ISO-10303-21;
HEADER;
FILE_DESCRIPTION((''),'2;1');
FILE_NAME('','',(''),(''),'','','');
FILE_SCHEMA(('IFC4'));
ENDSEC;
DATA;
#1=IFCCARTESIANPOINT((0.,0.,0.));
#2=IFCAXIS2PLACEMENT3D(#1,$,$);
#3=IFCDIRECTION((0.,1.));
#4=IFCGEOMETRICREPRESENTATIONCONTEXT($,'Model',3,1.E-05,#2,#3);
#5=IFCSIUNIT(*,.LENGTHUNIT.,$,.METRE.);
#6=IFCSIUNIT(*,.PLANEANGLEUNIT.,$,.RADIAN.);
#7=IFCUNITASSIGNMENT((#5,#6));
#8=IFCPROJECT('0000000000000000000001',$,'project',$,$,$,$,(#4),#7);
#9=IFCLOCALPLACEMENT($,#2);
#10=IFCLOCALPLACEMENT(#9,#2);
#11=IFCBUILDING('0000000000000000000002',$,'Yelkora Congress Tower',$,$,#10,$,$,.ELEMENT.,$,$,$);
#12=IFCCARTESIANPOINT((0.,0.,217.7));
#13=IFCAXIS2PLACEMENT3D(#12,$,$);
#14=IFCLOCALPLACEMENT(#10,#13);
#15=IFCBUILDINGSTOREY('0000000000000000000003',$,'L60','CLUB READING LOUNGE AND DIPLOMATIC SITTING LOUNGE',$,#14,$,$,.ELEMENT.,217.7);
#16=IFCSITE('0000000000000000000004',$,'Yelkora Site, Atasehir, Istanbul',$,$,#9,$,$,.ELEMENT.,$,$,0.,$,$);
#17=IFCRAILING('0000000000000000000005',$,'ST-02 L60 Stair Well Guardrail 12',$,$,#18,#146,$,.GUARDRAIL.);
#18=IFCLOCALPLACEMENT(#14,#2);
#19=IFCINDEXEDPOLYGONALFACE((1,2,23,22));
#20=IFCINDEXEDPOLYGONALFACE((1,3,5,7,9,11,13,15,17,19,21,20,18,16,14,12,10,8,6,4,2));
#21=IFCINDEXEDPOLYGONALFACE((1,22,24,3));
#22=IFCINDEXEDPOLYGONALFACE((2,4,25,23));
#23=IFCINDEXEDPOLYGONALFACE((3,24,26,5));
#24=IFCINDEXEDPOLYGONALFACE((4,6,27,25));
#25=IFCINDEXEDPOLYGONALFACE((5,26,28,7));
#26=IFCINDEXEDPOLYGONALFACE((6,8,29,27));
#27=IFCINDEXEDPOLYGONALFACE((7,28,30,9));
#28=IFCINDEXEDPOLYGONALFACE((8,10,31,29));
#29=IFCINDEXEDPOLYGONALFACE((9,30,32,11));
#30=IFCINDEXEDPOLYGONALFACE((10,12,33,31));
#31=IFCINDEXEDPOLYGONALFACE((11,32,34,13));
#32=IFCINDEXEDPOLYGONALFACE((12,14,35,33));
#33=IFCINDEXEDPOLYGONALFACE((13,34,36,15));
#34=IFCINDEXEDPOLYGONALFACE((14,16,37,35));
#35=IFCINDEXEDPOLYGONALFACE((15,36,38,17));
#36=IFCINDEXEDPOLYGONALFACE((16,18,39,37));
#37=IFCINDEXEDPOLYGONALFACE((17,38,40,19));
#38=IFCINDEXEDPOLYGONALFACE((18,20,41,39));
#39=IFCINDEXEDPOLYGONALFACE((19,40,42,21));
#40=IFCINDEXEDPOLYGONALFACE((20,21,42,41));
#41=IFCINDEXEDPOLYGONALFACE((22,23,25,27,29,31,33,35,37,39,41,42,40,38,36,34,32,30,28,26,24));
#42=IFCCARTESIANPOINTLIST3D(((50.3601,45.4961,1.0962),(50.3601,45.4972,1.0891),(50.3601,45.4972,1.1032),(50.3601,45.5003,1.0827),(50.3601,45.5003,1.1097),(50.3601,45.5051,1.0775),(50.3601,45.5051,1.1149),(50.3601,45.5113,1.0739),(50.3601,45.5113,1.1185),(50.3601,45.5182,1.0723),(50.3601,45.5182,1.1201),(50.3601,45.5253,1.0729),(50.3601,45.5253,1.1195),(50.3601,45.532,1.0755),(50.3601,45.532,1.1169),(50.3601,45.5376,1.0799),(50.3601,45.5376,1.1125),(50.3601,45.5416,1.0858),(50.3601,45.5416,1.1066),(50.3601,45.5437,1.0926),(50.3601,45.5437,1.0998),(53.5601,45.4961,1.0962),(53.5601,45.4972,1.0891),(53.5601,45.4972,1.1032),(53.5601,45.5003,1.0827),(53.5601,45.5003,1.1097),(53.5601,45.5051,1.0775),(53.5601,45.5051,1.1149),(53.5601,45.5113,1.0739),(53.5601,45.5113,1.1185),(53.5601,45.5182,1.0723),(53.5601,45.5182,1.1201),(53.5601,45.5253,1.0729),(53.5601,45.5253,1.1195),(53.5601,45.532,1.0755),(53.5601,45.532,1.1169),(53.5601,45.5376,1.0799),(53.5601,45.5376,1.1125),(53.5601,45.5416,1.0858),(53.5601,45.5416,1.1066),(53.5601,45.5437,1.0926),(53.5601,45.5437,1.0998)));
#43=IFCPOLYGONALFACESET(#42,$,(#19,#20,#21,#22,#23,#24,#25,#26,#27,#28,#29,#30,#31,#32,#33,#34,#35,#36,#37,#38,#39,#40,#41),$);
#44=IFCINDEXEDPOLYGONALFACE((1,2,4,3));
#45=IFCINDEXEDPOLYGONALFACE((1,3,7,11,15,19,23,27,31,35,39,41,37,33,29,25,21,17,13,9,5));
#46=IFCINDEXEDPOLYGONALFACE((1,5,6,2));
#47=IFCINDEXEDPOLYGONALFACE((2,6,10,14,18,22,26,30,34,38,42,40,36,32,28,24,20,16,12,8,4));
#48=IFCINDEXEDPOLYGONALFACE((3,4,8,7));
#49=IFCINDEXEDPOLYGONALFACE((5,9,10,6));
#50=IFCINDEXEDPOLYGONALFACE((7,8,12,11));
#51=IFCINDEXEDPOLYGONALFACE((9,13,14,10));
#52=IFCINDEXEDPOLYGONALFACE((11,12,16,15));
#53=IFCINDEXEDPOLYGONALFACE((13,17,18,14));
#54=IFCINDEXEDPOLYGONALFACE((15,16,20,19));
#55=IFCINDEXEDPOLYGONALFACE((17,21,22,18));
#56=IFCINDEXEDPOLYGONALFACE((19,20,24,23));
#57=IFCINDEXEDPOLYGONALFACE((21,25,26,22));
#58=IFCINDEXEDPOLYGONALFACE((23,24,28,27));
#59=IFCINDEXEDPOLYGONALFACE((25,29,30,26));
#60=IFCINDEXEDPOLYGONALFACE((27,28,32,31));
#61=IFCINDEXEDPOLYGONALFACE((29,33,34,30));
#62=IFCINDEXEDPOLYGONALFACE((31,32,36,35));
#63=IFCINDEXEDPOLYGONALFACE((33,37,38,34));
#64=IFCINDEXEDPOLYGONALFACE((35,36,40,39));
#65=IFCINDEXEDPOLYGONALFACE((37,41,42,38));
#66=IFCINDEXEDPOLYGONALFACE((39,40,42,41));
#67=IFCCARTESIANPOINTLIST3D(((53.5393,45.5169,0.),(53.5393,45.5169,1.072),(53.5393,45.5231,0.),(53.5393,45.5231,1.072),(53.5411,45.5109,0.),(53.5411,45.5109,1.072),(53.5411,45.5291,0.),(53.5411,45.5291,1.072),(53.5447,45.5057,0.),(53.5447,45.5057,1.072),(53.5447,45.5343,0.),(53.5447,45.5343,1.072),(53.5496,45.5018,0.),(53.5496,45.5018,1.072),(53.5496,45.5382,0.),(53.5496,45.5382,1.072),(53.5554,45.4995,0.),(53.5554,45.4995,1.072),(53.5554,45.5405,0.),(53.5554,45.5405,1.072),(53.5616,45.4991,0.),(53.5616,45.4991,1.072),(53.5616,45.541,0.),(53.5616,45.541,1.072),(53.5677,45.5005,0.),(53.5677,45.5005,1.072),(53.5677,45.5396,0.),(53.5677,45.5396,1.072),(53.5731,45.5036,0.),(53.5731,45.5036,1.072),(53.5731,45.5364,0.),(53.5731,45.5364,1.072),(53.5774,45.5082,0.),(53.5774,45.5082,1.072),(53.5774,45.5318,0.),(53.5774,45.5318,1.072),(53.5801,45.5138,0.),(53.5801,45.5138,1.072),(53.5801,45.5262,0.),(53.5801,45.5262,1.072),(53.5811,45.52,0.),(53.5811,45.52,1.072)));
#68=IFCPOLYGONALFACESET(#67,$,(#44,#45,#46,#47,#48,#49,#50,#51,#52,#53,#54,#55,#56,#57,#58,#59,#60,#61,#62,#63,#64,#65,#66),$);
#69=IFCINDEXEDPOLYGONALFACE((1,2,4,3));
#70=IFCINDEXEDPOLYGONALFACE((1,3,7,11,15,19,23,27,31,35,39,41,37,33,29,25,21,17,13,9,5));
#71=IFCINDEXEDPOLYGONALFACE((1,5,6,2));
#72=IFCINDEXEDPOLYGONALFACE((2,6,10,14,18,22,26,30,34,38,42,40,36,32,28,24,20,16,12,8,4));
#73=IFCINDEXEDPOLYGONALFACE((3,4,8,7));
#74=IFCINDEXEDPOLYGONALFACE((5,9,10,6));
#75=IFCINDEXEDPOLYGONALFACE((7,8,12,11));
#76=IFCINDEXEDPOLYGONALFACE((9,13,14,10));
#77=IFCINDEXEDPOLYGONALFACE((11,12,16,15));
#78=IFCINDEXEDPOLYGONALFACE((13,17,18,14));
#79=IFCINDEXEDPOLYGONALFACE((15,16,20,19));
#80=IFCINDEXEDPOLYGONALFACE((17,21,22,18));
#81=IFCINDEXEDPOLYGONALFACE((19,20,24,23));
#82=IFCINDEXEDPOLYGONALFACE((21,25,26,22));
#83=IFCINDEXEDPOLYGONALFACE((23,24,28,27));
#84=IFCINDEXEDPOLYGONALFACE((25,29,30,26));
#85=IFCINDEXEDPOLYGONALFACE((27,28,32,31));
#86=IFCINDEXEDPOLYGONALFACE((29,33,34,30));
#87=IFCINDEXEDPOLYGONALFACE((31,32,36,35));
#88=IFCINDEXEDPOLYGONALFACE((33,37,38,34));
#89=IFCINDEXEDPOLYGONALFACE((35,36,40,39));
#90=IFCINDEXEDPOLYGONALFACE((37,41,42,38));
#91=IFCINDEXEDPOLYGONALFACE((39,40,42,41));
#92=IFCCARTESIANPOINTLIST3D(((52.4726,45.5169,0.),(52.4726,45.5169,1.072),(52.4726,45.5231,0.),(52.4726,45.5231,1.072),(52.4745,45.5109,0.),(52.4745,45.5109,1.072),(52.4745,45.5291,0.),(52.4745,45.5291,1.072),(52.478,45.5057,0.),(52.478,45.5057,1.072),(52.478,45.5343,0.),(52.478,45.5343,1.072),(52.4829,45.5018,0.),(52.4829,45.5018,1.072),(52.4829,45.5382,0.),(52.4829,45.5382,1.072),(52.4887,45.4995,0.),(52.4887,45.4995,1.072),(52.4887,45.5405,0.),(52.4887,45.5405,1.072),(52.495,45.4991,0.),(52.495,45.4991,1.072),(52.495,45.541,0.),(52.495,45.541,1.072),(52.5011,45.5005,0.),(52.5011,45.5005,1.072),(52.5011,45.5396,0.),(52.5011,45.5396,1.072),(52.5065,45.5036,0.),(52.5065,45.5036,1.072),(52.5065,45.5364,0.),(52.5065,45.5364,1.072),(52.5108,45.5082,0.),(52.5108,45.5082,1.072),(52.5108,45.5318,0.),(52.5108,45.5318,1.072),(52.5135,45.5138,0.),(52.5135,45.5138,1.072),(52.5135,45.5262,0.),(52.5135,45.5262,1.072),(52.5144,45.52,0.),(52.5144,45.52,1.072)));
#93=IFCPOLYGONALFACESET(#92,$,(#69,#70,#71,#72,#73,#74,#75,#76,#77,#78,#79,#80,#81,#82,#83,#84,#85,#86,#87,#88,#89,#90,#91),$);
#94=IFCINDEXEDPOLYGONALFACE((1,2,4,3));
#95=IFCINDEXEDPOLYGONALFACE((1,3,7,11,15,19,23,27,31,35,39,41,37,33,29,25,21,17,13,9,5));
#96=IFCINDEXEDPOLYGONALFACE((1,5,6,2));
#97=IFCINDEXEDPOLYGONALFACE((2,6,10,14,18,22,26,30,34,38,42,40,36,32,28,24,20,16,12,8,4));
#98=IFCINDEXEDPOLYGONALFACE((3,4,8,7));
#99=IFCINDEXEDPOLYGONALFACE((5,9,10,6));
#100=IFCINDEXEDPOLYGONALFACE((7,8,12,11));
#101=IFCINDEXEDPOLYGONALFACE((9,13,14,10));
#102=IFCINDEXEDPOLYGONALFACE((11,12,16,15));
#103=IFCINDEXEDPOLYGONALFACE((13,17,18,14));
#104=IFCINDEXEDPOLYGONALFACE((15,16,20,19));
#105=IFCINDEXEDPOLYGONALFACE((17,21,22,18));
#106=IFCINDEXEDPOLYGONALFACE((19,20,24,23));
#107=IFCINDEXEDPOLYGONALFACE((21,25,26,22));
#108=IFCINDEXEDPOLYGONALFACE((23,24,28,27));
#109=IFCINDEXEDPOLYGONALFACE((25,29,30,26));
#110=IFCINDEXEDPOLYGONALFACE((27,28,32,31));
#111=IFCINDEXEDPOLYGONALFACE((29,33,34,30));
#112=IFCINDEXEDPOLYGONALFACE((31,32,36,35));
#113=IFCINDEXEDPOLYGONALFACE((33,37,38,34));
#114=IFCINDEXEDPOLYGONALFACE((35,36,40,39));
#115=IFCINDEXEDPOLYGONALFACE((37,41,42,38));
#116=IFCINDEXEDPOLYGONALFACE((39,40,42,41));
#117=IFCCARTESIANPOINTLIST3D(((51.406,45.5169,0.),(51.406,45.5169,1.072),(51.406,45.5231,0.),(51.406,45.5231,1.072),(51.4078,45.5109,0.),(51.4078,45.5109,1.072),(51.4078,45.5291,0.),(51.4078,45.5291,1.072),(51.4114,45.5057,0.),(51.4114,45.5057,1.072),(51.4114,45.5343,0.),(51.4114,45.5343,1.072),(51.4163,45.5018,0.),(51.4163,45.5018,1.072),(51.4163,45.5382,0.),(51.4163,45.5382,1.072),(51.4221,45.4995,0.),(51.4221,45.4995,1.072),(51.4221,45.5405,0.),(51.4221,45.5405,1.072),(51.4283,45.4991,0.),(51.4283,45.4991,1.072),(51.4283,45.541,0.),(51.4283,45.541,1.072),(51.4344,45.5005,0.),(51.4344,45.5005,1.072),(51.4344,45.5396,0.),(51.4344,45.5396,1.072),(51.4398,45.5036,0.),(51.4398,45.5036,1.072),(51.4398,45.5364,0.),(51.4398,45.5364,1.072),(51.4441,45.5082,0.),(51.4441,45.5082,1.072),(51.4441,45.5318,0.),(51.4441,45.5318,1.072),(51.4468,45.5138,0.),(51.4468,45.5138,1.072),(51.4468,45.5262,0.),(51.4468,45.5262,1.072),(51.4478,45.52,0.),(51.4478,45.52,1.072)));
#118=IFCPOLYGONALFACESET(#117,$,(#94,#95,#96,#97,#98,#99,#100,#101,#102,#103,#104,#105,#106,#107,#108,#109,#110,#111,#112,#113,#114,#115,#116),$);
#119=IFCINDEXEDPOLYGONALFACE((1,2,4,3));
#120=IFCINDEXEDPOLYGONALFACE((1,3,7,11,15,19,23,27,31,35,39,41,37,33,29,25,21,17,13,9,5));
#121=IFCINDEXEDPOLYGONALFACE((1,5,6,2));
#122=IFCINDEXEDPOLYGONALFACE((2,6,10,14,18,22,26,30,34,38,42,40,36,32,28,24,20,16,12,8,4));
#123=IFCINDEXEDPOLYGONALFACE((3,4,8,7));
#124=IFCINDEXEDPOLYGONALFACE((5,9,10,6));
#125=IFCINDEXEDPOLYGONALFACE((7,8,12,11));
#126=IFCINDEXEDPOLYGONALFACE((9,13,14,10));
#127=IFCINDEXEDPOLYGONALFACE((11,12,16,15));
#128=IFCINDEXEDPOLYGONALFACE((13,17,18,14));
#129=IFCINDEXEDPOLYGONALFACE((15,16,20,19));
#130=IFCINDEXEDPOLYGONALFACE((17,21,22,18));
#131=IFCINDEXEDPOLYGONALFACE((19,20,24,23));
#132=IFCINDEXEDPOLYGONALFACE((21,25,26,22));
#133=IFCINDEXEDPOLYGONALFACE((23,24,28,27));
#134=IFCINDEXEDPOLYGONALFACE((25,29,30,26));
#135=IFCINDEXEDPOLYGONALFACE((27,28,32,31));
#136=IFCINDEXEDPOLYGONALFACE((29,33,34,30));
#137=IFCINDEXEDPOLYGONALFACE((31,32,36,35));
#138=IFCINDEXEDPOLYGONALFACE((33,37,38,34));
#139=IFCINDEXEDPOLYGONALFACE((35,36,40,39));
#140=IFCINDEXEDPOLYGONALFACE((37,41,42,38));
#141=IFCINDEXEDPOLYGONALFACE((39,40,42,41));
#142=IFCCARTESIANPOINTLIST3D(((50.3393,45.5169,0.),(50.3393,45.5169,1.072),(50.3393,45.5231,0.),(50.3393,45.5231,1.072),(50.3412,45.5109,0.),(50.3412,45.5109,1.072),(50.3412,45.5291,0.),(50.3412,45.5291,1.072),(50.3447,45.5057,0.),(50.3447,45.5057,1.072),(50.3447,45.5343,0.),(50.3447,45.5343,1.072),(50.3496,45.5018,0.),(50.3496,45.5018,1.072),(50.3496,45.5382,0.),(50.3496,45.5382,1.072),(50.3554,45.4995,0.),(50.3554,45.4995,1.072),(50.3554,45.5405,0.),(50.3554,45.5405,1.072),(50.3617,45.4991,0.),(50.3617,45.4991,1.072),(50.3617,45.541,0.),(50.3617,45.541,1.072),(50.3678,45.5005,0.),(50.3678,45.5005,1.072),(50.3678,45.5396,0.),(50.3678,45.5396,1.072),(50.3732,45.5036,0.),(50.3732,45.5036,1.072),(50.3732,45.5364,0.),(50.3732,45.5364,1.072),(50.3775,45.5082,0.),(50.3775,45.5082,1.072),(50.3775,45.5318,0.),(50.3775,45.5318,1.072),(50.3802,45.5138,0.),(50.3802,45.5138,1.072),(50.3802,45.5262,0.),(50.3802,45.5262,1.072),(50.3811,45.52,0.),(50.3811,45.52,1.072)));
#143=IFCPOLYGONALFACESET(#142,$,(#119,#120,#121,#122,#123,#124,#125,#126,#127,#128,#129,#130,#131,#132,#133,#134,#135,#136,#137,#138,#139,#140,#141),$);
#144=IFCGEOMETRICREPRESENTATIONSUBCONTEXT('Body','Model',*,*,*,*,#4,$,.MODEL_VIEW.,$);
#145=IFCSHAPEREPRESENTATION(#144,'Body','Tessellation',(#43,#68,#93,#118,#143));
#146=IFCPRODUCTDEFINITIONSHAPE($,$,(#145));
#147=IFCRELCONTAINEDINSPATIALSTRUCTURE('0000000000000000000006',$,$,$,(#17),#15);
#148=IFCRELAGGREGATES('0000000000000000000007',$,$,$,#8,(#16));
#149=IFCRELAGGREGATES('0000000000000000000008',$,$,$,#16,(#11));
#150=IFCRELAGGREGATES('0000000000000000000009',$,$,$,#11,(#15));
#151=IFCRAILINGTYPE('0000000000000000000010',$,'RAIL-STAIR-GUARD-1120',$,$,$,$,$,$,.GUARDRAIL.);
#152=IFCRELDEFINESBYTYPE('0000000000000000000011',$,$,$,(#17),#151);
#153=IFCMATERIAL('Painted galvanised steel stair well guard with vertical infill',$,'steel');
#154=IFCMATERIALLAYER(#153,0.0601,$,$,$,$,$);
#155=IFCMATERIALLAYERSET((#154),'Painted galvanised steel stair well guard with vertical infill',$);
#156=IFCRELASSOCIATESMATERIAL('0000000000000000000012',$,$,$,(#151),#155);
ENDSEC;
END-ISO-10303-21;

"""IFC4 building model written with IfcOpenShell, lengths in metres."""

from ifc_helpers import new_model, si_unit, direction, frame, origin, origin_2d, place, context, subcontext, project, spatial, circle, extrude, material, layer, layer_set, type_object, element, save


model = new_model("IFC4")

# Units and contexts
model_context = context("Model", 3, precision=1e-05, world=origin(), true_north=direction((0.0, 1.0)))
body_context = subcontext(model_context, "Body", "Model", "MODEL_VIEW")
ifc_project = project(units=[si_unit("LENGTHUNIT", "METRE"), si_unit("PLANEANGLEUNIT", "RADIAN")], contexts=[model_context])

# Site, building, storey
site_placement = place(None, origin())
site = spatial("IfcSite", under=ifc_project, at=site_placement, Name="Yelkora Site, Atasehir, Istanbul", CompositionType="ELEMENT", RefElevation=0.0)
building_placement = place(site_placement, origin())
building = spatial("IfcBuilding", under=site, at=building_placement, Name="Yelkora Congress Tower", CompositionType="ELEMENT")
storey_placement = place(building_placement, frame((0.0, 0.0, 217.7)))
storey = spatial("IfcBuildingStorey", under=building, at=storey_placement, Name="L60", Description="CLUB READING LOUNGE AND DIPLOMATIC SITTING LOUNGE", CompositionType="ELEMENT", Elevation=217.7)

# Railing
ifc_material_1 = material(Name="Painted galvanised steel stair well guard with vertical infill", Category="steel")
ifc_layer_1 = layer(ifc_material_1, 0.0601)
ifc_layer_set_1 = layer_set([ifc_layer_1], Name="Painted galvanised steel stair well guard with vertical infill")
railing_type_1 = type_object("IfcRailingType", Name="RAIL-STAIR-GUARD-1120", PredefinedType="GUARDRAIL", material=ifc_layer_set_1)
railing_1_placement = place(storey_placement, frame((53.5601, 45.52, 0.0)))
element("IfcRailing", 1, at=railing_1_placement, inside=storey, type_object=railing_type_1, Name="ST-02 L60 Stair Well Guardrail 12", PredefinedType="GUARDRAIL", context=body_context, shape_type="SweptSolid", body=[
    extrude(circle(Radius=0.0239, at=origin_2d()), frame((0.0, 0.0, 1.0962), z_axis=(-1.0, 0.0, 0.0), x_axis=(0.0, -1.0, 0.0)), (0.0, 0.0, 1.0), 3.2),
    extrude(circle(Radius=0.021, at=origin_2d()), origin(), (0.0, 0.0, 1.0), 1.072),
    extrude(circle(Radius=0.021, at=origin_2d()), frame((-1.0667, 0.0, 0.0)), (0.0, 0.0, 1.0), 1.072),
    extrude(circle(Radius=0.021, at=origin_2d()), frame((-2.1333, 0.0, 0.0)), (0.0, 0.0, 1.0), 1.072),
    extrude(circle(Radius=0.021, at=origin_2d()), frame((-3.2, 0.0, 0.0)), (0.0, 0.0, 1.0), 1.072),
])

save(model, "model.ifc")
